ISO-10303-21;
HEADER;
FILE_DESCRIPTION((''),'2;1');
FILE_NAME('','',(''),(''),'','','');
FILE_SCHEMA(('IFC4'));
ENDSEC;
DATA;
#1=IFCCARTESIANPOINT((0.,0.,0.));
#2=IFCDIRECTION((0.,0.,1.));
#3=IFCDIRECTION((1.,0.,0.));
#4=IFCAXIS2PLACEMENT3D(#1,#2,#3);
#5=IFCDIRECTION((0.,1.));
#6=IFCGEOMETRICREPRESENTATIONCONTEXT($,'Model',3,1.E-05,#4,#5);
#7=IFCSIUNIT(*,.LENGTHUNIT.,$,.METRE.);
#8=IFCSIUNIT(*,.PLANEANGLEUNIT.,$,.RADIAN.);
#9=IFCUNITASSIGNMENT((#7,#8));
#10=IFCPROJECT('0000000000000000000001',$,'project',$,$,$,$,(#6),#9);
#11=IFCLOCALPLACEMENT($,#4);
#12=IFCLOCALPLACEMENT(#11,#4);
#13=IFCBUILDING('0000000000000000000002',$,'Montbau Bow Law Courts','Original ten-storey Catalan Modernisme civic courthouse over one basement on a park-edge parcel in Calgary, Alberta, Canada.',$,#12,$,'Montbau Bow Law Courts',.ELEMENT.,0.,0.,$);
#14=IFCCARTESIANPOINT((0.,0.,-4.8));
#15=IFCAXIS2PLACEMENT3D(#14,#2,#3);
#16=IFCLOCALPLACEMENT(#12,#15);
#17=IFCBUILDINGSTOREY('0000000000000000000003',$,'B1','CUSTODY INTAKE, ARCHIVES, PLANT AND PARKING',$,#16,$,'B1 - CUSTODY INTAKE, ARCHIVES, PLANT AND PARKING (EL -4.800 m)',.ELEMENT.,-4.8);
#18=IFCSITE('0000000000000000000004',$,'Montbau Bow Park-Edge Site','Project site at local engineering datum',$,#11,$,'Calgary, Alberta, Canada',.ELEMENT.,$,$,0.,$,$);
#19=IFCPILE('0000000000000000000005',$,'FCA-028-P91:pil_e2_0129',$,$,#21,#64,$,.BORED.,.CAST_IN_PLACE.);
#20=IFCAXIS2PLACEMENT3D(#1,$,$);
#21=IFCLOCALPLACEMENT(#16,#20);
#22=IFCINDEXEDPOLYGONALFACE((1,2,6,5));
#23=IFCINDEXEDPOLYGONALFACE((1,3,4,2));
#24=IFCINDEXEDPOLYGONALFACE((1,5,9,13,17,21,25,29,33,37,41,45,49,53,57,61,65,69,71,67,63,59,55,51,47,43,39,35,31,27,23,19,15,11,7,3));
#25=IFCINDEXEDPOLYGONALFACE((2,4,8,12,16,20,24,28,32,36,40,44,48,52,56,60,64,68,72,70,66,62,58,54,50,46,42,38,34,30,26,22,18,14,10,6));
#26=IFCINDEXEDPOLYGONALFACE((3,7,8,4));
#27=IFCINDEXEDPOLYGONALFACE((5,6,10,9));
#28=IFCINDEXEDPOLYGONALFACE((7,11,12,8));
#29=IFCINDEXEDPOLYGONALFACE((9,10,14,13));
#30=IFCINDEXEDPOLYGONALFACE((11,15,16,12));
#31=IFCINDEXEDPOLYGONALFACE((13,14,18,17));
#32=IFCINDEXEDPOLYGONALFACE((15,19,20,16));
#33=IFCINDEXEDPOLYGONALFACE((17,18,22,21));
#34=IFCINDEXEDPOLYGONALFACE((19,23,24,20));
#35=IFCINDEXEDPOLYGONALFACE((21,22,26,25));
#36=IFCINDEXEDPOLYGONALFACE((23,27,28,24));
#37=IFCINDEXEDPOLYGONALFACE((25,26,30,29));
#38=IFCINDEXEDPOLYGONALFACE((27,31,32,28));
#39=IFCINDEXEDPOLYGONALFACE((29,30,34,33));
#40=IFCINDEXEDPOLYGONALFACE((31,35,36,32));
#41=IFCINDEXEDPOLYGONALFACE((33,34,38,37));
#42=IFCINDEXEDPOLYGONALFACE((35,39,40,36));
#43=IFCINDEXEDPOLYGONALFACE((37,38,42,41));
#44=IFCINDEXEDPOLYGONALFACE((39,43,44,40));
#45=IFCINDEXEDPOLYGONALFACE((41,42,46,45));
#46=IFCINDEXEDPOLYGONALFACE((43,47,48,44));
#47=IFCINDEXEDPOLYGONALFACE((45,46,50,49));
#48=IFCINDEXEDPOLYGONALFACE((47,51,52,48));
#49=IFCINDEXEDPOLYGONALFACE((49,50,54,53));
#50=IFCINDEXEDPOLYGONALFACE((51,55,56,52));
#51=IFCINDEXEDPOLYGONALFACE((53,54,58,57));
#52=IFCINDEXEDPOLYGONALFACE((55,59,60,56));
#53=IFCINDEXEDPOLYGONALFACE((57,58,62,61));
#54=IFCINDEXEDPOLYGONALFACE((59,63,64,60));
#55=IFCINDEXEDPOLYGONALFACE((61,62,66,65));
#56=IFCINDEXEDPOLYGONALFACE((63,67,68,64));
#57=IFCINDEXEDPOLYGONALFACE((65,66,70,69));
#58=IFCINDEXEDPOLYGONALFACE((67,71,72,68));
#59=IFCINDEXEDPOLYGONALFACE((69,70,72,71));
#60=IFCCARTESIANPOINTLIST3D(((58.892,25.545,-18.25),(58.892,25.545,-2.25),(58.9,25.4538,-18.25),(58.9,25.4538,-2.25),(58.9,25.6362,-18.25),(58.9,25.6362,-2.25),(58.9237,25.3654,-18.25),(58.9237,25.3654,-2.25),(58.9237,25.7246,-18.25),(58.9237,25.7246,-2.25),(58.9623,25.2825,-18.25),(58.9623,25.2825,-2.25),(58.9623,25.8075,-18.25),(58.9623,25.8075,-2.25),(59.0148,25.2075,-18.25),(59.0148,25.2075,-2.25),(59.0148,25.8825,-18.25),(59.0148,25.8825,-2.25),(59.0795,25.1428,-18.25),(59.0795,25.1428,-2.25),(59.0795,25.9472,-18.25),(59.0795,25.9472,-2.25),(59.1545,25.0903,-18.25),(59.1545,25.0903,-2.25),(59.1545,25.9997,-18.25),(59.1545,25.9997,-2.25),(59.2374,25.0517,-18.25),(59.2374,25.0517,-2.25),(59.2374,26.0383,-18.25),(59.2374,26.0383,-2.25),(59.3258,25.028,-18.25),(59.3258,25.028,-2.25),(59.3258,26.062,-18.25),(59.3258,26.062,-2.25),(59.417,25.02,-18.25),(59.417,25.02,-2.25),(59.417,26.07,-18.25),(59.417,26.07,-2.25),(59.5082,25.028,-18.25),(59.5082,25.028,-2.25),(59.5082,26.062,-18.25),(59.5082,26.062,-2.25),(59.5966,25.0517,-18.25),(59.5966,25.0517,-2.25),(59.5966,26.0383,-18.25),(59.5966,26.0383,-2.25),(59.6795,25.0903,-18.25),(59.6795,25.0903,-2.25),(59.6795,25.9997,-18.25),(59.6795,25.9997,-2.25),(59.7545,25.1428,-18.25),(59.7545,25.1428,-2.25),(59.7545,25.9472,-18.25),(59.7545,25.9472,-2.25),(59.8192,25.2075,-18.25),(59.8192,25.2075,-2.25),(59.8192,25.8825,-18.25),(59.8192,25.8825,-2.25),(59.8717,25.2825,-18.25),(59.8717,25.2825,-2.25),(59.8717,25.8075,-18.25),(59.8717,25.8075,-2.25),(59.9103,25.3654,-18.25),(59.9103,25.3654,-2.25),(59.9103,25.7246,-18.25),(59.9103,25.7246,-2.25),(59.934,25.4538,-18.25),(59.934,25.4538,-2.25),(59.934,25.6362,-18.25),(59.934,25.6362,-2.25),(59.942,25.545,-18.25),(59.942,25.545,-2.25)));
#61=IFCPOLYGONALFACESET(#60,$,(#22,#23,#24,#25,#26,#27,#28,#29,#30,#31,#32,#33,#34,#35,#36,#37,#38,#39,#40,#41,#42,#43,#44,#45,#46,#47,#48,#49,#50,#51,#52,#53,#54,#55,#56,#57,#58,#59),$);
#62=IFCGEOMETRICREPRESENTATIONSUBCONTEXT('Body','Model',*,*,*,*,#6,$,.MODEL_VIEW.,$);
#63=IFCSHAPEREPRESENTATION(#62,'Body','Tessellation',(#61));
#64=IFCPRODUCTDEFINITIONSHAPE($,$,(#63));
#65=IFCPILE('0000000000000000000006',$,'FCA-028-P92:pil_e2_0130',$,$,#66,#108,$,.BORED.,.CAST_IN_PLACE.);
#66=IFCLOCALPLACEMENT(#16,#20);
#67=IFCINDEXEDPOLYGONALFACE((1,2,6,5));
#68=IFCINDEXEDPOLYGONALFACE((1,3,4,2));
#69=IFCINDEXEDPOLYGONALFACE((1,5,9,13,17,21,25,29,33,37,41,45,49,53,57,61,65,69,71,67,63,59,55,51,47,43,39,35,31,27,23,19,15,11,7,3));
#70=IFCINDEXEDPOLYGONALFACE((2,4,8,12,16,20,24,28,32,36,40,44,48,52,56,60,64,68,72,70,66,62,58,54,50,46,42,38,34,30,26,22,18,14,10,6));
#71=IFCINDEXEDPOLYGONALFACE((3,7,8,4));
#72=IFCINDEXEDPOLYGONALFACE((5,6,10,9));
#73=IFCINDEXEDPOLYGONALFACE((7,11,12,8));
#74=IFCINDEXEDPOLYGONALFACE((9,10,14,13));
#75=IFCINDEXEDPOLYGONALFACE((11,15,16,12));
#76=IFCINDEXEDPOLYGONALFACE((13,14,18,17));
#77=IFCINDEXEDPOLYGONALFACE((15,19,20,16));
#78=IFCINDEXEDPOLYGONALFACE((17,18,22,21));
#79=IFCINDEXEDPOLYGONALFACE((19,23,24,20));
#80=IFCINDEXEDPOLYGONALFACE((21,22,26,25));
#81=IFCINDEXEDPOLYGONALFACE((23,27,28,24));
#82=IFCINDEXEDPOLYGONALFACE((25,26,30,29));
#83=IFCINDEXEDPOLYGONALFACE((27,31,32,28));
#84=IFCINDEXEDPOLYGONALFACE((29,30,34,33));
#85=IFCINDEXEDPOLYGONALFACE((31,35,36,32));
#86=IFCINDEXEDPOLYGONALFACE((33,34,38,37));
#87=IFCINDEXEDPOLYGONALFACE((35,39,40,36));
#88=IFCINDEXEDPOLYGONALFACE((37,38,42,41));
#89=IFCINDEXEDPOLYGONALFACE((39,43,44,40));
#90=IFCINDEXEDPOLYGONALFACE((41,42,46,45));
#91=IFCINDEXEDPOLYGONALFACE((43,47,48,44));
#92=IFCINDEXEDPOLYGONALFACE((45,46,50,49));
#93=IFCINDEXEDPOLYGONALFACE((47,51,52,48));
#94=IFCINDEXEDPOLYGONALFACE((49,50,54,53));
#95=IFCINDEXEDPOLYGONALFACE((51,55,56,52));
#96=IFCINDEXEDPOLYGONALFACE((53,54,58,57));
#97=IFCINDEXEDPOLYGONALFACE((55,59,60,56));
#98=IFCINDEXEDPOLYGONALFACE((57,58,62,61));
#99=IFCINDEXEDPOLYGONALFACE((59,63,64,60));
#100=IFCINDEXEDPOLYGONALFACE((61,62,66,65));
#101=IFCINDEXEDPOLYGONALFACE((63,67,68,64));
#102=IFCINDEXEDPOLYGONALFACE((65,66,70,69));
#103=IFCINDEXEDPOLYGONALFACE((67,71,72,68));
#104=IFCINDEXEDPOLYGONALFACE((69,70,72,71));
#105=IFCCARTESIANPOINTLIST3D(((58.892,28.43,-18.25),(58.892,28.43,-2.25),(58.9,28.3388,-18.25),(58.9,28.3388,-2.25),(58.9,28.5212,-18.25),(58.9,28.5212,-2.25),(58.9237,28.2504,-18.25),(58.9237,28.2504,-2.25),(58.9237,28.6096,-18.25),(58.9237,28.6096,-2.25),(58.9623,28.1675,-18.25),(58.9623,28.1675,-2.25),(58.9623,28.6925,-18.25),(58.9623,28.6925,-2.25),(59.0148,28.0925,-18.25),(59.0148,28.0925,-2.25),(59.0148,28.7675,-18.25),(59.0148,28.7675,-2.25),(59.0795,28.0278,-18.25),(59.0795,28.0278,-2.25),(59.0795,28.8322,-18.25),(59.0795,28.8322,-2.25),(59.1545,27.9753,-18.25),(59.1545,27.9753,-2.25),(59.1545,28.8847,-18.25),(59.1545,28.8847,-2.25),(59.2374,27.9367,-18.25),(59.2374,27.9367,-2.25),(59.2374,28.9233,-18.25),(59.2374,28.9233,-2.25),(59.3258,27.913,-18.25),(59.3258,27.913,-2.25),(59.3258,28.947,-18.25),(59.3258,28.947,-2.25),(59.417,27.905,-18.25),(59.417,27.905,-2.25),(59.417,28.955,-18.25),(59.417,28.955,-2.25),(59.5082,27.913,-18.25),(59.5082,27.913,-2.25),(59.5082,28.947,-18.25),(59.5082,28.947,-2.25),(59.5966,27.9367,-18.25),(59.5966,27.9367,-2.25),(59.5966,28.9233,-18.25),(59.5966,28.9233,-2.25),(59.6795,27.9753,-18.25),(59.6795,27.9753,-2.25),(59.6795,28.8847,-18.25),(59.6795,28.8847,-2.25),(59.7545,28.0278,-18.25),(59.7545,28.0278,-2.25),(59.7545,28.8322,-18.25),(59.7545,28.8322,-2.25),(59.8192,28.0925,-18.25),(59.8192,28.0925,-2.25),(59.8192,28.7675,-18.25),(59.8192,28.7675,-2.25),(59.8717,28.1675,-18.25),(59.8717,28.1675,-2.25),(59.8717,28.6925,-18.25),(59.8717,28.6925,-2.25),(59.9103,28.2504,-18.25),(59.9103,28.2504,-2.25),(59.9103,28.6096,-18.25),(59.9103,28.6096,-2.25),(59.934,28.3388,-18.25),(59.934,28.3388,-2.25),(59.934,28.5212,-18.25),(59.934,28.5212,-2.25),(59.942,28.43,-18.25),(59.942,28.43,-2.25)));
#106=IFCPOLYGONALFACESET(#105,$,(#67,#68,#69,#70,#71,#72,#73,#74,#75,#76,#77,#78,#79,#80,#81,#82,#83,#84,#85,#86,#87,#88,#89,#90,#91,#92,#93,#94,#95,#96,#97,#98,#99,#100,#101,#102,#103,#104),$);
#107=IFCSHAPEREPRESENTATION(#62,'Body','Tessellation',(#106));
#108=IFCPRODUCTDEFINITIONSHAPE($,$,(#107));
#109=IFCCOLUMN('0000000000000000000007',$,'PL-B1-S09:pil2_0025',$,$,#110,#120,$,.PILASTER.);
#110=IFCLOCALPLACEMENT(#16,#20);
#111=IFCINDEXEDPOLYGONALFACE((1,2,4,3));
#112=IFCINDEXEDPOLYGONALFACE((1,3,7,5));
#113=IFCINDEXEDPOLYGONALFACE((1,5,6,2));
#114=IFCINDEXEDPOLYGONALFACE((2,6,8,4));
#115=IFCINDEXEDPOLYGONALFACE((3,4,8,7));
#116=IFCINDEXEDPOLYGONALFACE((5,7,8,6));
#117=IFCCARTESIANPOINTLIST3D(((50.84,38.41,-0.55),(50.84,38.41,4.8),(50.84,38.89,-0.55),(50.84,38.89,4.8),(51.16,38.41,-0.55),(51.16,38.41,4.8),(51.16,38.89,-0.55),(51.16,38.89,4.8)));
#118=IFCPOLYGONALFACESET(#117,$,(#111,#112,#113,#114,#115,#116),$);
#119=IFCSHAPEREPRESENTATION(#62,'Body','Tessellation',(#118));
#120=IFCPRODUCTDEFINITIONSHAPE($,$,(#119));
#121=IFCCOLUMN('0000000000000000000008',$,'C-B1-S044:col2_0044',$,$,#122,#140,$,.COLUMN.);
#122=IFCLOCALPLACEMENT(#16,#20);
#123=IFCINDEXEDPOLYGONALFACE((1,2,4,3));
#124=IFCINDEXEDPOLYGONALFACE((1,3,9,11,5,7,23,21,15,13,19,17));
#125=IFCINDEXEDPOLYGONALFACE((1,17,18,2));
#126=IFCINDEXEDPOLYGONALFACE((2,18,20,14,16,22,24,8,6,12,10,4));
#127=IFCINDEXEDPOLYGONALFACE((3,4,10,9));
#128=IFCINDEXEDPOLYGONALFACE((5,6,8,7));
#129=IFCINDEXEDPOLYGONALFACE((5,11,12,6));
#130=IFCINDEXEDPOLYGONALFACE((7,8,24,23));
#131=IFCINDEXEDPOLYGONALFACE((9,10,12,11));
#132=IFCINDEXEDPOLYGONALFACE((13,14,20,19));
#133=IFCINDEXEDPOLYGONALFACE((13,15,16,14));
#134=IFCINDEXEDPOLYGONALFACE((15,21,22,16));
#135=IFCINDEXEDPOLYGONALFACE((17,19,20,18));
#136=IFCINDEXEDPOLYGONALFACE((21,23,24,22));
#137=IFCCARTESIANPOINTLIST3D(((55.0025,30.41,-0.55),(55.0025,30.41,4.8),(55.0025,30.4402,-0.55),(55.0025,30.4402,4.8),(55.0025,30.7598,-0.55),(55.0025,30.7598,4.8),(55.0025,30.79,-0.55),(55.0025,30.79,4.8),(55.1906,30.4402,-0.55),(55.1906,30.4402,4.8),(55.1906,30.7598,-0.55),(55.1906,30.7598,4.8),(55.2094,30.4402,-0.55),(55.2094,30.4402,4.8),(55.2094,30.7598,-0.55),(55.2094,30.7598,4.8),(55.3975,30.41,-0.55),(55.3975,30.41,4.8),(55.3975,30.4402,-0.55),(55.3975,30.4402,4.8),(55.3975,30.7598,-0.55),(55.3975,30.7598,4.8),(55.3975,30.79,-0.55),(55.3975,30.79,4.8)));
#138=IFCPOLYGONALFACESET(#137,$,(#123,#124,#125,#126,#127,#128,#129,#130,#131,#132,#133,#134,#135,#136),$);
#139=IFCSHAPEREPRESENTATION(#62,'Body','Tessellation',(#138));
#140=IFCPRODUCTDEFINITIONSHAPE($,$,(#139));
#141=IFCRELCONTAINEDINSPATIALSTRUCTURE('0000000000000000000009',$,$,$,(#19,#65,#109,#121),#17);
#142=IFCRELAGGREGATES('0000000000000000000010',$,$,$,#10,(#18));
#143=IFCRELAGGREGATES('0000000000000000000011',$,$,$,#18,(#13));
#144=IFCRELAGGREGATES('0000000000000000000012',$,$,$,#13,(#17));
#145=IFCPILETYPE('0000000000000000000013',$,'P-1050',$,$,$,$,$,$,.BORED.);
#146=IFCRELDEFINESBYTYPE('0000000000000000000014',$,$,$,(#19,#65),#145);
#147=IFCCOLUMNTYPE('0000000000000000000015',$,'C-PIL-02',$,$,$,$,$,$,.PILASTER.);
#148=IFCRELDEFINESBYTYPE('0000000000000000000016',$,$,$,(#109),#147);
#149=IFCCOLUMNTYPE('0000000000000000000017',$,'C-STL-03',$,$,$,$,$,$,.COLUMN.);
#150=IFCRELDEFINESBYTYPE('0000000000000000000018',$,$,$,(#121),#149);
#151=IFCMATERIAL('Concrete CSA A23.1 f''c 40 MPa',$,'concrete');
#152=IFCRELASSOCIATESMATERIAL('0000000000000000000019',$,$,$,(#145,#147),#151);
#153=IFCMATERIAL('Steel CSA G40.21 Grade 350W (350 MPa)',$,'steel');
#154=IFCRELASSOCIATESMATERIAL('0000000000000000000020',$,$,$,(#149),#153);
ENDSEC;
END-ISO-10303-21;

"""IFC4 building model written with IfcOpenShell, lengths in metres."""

from ifc_helpers import new_model, si_unit, direction, frame, origin_with_axes, origin_2d_with_axis, place, context, subcontext, project, spatial, rectangle, circle, i_section, extrude, material, material_profile, profile_set, type_object, element, save


model = new_model("IFC4")

# Units and contexts
model_context = context("Model", 3, precision=1e-05, world=origin_with_axes(), true_north=direction((0.0, 1.0)))
body_context = subcontext(model_context, "Body", "Model", "MODEL_VIEW")
ifc_project = project(units=[si_unit("LENGTHUNIT", "METRE"), si_unit("PLANEANGLEUNIT", "RADIAN")], contexts=[model_context])

# Site, building, storey
site_placement = place(None, origin_with_axes())
site = spatial("IfcSite", under=ifc_project, at=site_placement, Name="Montbau Bow Park-Edge Site", Description="Project site at local engineering datum", LongName="Calgary, Alberta, Canada", CompositionType="ELEMENT", RefElevation=0.0)
building_placement = place(site_placement, origin_with_axes())
building = spatial("IfcBuilding", under=site, at=building_placement, Name="Montbau Bow Law Courts", Description="Original ten-storey Catalan Modernisme civic courthouse over one basement on a park-edge parcel in Calgary, Alberta, Canada.", LongName="Montbau Bow Law Courts", CompositionType="ELEMENT", ElevationOfRefHeight=0.0, ElevationOfTerrain=0.0)
storey_placement = place(building_placement, frame((0.0, 0.0, -4.8), z_axis=(0.0, 0.0, 1.0), x_axis=(1.0, 0.0, 0.0)))
storey = spatial("IfcBuildingStorey", under=building, at=storey_placement, Name="B1", Description="CUSTODY INTAKE, ARCHIVES, PLANT AND PARKING", LongName="B1 - CUSTODY INTAKE, ARCHIVES, PLANT AND PARKING (EL -4.800 m)", CompositionType="ELEMENT", Elevation=-4.8)

# Piles
ifc_material_1 = material(Name="Concrete CSA A23.1 f'c 40 MPa", Category="concrete")
ifc_material_profile_1 = material_profile(ifc_material_1, circle(Radius=0.525, at=origin_2d_with_axis()), Name="BP1050", Category="Main", Priority=0)
ifc_profile_set_1 = profile_set([ifc_material_profile_1], Name="Concrete CSA A23.1 f'c 40 MPa")
pile_type = type_object("IfcPileType", Name="P-1050", PredefinedType="BORED", material=ifc_profile_set_1)
for number, where, z_axis, x_axis, name in (
    (1, (59.417, 25.545, -23.05), (0.0, 0.0, 1.0), (1.0, 0.0, 0.0), "FCA-028-P91:pil_e2_0129"),
    (2, (59.417, 28.43, -23.05), (0.0, 0.0, 1.0), (1.0, 0.0, 0.0), "FCA-028-P92:pil_e2_0130"),
):
    element("IfcPile", number, at=place(None, frame(where, z_axis=z_axis, x_axis=x_axis)), inside=storey, type_object=pile_type, Name=name, ConstructionType="CAST_IN_PLACE", PredefinedType="BORED", context=body_context, shape_type="SweptSolid", body=[
        extrude(circle(Radius=0.525, at=origin_2d_with_axis()), origin_with_axes(), (0.0, 0.0, 1.0), 16.0),
    ])

# Columns
ifc_material_profile_2 = material_profile(ifc_material_1, rectangle(XDim=0.32, YDim=0.48, at=origin_2d_with_axis()), Name="RC480X320", Category="Main", Priority=0)
ifc_profile_set_2 = profile_set([ifc_material_profile_2], Name="Concrete CSA A23.1 f'c 40 MPa")
column_type_1 = type_object("IfcColumnType", Name="C-PIL-02", PredefinedType="PILASTER", material=ifc_profile_set_2)
column_1_placement = place(None, frame((51.0, 38.65, -5.35), z_axis=(0.0, 0.0, 1.0), x_axis=(1.0, 0.0, 0.0)))
element("IfcColumn", 3, at=column_1_placement, inside=storey, type_object=column_type_1, Name="PL-B1-S09:pil2_0025", PredefinedType="PILASTER", context=body_context, shape_type="SweptSolid", body=[
    extrude(rectangle(XDim=0.32, YDim=0.48, at=origin_2d_with_axis()), origin_with_axes(), (0.0, 0.0, 1.0), 5.35),
])
ifc_material_2 = material(Name="Steel CSA G40.21 Grade 350W (350 MPa)", Category="steel")
ifc_material_profile_3 = material_profile(ifc_material_2, i_section(OverallWidth=0.395, OverallDepth=0.38, WebThickness=0.0189, FlangeThickness=0.0302, at=origin_2d_with_axis()), Name="W360X237", Category="Main", Priority=0)
ifc_profile_set_3 = profile_set([ifc_material_profile_3], Name="Steel CSA G40.21 Grade 350W (350 MPa)")
column_type_2 = type_object("IfcColumnType", Name="C-STL-03", PredefinedType="COLUMN", material=ifc_profile_set_3)
column_2_placement = place(None, frame((55.2, 30.6, -5.35), z_axis=(0.0, 0.0, 1.0), x_axis=(1.0, 0.0, 0.0)))
element("IfcColumn", 4, at=column_2_placement, inside=storey, type_object=column_type_2, Name="C-B1-S044:col2_0044", PredefinedType="COLUMN", context=body_context, shape_type="SweptSolid", body=[
    extrude(i_section(OverallWidth=0.395, OverallDepth=0.38, WebThickness=0.0189, FlangeThickness=0.0302, at=origin_2d_with_axis()), origin_with_axes(), (0.0, 0.0, 1.0), 5.35),
])

save(model, "model.ifc")
